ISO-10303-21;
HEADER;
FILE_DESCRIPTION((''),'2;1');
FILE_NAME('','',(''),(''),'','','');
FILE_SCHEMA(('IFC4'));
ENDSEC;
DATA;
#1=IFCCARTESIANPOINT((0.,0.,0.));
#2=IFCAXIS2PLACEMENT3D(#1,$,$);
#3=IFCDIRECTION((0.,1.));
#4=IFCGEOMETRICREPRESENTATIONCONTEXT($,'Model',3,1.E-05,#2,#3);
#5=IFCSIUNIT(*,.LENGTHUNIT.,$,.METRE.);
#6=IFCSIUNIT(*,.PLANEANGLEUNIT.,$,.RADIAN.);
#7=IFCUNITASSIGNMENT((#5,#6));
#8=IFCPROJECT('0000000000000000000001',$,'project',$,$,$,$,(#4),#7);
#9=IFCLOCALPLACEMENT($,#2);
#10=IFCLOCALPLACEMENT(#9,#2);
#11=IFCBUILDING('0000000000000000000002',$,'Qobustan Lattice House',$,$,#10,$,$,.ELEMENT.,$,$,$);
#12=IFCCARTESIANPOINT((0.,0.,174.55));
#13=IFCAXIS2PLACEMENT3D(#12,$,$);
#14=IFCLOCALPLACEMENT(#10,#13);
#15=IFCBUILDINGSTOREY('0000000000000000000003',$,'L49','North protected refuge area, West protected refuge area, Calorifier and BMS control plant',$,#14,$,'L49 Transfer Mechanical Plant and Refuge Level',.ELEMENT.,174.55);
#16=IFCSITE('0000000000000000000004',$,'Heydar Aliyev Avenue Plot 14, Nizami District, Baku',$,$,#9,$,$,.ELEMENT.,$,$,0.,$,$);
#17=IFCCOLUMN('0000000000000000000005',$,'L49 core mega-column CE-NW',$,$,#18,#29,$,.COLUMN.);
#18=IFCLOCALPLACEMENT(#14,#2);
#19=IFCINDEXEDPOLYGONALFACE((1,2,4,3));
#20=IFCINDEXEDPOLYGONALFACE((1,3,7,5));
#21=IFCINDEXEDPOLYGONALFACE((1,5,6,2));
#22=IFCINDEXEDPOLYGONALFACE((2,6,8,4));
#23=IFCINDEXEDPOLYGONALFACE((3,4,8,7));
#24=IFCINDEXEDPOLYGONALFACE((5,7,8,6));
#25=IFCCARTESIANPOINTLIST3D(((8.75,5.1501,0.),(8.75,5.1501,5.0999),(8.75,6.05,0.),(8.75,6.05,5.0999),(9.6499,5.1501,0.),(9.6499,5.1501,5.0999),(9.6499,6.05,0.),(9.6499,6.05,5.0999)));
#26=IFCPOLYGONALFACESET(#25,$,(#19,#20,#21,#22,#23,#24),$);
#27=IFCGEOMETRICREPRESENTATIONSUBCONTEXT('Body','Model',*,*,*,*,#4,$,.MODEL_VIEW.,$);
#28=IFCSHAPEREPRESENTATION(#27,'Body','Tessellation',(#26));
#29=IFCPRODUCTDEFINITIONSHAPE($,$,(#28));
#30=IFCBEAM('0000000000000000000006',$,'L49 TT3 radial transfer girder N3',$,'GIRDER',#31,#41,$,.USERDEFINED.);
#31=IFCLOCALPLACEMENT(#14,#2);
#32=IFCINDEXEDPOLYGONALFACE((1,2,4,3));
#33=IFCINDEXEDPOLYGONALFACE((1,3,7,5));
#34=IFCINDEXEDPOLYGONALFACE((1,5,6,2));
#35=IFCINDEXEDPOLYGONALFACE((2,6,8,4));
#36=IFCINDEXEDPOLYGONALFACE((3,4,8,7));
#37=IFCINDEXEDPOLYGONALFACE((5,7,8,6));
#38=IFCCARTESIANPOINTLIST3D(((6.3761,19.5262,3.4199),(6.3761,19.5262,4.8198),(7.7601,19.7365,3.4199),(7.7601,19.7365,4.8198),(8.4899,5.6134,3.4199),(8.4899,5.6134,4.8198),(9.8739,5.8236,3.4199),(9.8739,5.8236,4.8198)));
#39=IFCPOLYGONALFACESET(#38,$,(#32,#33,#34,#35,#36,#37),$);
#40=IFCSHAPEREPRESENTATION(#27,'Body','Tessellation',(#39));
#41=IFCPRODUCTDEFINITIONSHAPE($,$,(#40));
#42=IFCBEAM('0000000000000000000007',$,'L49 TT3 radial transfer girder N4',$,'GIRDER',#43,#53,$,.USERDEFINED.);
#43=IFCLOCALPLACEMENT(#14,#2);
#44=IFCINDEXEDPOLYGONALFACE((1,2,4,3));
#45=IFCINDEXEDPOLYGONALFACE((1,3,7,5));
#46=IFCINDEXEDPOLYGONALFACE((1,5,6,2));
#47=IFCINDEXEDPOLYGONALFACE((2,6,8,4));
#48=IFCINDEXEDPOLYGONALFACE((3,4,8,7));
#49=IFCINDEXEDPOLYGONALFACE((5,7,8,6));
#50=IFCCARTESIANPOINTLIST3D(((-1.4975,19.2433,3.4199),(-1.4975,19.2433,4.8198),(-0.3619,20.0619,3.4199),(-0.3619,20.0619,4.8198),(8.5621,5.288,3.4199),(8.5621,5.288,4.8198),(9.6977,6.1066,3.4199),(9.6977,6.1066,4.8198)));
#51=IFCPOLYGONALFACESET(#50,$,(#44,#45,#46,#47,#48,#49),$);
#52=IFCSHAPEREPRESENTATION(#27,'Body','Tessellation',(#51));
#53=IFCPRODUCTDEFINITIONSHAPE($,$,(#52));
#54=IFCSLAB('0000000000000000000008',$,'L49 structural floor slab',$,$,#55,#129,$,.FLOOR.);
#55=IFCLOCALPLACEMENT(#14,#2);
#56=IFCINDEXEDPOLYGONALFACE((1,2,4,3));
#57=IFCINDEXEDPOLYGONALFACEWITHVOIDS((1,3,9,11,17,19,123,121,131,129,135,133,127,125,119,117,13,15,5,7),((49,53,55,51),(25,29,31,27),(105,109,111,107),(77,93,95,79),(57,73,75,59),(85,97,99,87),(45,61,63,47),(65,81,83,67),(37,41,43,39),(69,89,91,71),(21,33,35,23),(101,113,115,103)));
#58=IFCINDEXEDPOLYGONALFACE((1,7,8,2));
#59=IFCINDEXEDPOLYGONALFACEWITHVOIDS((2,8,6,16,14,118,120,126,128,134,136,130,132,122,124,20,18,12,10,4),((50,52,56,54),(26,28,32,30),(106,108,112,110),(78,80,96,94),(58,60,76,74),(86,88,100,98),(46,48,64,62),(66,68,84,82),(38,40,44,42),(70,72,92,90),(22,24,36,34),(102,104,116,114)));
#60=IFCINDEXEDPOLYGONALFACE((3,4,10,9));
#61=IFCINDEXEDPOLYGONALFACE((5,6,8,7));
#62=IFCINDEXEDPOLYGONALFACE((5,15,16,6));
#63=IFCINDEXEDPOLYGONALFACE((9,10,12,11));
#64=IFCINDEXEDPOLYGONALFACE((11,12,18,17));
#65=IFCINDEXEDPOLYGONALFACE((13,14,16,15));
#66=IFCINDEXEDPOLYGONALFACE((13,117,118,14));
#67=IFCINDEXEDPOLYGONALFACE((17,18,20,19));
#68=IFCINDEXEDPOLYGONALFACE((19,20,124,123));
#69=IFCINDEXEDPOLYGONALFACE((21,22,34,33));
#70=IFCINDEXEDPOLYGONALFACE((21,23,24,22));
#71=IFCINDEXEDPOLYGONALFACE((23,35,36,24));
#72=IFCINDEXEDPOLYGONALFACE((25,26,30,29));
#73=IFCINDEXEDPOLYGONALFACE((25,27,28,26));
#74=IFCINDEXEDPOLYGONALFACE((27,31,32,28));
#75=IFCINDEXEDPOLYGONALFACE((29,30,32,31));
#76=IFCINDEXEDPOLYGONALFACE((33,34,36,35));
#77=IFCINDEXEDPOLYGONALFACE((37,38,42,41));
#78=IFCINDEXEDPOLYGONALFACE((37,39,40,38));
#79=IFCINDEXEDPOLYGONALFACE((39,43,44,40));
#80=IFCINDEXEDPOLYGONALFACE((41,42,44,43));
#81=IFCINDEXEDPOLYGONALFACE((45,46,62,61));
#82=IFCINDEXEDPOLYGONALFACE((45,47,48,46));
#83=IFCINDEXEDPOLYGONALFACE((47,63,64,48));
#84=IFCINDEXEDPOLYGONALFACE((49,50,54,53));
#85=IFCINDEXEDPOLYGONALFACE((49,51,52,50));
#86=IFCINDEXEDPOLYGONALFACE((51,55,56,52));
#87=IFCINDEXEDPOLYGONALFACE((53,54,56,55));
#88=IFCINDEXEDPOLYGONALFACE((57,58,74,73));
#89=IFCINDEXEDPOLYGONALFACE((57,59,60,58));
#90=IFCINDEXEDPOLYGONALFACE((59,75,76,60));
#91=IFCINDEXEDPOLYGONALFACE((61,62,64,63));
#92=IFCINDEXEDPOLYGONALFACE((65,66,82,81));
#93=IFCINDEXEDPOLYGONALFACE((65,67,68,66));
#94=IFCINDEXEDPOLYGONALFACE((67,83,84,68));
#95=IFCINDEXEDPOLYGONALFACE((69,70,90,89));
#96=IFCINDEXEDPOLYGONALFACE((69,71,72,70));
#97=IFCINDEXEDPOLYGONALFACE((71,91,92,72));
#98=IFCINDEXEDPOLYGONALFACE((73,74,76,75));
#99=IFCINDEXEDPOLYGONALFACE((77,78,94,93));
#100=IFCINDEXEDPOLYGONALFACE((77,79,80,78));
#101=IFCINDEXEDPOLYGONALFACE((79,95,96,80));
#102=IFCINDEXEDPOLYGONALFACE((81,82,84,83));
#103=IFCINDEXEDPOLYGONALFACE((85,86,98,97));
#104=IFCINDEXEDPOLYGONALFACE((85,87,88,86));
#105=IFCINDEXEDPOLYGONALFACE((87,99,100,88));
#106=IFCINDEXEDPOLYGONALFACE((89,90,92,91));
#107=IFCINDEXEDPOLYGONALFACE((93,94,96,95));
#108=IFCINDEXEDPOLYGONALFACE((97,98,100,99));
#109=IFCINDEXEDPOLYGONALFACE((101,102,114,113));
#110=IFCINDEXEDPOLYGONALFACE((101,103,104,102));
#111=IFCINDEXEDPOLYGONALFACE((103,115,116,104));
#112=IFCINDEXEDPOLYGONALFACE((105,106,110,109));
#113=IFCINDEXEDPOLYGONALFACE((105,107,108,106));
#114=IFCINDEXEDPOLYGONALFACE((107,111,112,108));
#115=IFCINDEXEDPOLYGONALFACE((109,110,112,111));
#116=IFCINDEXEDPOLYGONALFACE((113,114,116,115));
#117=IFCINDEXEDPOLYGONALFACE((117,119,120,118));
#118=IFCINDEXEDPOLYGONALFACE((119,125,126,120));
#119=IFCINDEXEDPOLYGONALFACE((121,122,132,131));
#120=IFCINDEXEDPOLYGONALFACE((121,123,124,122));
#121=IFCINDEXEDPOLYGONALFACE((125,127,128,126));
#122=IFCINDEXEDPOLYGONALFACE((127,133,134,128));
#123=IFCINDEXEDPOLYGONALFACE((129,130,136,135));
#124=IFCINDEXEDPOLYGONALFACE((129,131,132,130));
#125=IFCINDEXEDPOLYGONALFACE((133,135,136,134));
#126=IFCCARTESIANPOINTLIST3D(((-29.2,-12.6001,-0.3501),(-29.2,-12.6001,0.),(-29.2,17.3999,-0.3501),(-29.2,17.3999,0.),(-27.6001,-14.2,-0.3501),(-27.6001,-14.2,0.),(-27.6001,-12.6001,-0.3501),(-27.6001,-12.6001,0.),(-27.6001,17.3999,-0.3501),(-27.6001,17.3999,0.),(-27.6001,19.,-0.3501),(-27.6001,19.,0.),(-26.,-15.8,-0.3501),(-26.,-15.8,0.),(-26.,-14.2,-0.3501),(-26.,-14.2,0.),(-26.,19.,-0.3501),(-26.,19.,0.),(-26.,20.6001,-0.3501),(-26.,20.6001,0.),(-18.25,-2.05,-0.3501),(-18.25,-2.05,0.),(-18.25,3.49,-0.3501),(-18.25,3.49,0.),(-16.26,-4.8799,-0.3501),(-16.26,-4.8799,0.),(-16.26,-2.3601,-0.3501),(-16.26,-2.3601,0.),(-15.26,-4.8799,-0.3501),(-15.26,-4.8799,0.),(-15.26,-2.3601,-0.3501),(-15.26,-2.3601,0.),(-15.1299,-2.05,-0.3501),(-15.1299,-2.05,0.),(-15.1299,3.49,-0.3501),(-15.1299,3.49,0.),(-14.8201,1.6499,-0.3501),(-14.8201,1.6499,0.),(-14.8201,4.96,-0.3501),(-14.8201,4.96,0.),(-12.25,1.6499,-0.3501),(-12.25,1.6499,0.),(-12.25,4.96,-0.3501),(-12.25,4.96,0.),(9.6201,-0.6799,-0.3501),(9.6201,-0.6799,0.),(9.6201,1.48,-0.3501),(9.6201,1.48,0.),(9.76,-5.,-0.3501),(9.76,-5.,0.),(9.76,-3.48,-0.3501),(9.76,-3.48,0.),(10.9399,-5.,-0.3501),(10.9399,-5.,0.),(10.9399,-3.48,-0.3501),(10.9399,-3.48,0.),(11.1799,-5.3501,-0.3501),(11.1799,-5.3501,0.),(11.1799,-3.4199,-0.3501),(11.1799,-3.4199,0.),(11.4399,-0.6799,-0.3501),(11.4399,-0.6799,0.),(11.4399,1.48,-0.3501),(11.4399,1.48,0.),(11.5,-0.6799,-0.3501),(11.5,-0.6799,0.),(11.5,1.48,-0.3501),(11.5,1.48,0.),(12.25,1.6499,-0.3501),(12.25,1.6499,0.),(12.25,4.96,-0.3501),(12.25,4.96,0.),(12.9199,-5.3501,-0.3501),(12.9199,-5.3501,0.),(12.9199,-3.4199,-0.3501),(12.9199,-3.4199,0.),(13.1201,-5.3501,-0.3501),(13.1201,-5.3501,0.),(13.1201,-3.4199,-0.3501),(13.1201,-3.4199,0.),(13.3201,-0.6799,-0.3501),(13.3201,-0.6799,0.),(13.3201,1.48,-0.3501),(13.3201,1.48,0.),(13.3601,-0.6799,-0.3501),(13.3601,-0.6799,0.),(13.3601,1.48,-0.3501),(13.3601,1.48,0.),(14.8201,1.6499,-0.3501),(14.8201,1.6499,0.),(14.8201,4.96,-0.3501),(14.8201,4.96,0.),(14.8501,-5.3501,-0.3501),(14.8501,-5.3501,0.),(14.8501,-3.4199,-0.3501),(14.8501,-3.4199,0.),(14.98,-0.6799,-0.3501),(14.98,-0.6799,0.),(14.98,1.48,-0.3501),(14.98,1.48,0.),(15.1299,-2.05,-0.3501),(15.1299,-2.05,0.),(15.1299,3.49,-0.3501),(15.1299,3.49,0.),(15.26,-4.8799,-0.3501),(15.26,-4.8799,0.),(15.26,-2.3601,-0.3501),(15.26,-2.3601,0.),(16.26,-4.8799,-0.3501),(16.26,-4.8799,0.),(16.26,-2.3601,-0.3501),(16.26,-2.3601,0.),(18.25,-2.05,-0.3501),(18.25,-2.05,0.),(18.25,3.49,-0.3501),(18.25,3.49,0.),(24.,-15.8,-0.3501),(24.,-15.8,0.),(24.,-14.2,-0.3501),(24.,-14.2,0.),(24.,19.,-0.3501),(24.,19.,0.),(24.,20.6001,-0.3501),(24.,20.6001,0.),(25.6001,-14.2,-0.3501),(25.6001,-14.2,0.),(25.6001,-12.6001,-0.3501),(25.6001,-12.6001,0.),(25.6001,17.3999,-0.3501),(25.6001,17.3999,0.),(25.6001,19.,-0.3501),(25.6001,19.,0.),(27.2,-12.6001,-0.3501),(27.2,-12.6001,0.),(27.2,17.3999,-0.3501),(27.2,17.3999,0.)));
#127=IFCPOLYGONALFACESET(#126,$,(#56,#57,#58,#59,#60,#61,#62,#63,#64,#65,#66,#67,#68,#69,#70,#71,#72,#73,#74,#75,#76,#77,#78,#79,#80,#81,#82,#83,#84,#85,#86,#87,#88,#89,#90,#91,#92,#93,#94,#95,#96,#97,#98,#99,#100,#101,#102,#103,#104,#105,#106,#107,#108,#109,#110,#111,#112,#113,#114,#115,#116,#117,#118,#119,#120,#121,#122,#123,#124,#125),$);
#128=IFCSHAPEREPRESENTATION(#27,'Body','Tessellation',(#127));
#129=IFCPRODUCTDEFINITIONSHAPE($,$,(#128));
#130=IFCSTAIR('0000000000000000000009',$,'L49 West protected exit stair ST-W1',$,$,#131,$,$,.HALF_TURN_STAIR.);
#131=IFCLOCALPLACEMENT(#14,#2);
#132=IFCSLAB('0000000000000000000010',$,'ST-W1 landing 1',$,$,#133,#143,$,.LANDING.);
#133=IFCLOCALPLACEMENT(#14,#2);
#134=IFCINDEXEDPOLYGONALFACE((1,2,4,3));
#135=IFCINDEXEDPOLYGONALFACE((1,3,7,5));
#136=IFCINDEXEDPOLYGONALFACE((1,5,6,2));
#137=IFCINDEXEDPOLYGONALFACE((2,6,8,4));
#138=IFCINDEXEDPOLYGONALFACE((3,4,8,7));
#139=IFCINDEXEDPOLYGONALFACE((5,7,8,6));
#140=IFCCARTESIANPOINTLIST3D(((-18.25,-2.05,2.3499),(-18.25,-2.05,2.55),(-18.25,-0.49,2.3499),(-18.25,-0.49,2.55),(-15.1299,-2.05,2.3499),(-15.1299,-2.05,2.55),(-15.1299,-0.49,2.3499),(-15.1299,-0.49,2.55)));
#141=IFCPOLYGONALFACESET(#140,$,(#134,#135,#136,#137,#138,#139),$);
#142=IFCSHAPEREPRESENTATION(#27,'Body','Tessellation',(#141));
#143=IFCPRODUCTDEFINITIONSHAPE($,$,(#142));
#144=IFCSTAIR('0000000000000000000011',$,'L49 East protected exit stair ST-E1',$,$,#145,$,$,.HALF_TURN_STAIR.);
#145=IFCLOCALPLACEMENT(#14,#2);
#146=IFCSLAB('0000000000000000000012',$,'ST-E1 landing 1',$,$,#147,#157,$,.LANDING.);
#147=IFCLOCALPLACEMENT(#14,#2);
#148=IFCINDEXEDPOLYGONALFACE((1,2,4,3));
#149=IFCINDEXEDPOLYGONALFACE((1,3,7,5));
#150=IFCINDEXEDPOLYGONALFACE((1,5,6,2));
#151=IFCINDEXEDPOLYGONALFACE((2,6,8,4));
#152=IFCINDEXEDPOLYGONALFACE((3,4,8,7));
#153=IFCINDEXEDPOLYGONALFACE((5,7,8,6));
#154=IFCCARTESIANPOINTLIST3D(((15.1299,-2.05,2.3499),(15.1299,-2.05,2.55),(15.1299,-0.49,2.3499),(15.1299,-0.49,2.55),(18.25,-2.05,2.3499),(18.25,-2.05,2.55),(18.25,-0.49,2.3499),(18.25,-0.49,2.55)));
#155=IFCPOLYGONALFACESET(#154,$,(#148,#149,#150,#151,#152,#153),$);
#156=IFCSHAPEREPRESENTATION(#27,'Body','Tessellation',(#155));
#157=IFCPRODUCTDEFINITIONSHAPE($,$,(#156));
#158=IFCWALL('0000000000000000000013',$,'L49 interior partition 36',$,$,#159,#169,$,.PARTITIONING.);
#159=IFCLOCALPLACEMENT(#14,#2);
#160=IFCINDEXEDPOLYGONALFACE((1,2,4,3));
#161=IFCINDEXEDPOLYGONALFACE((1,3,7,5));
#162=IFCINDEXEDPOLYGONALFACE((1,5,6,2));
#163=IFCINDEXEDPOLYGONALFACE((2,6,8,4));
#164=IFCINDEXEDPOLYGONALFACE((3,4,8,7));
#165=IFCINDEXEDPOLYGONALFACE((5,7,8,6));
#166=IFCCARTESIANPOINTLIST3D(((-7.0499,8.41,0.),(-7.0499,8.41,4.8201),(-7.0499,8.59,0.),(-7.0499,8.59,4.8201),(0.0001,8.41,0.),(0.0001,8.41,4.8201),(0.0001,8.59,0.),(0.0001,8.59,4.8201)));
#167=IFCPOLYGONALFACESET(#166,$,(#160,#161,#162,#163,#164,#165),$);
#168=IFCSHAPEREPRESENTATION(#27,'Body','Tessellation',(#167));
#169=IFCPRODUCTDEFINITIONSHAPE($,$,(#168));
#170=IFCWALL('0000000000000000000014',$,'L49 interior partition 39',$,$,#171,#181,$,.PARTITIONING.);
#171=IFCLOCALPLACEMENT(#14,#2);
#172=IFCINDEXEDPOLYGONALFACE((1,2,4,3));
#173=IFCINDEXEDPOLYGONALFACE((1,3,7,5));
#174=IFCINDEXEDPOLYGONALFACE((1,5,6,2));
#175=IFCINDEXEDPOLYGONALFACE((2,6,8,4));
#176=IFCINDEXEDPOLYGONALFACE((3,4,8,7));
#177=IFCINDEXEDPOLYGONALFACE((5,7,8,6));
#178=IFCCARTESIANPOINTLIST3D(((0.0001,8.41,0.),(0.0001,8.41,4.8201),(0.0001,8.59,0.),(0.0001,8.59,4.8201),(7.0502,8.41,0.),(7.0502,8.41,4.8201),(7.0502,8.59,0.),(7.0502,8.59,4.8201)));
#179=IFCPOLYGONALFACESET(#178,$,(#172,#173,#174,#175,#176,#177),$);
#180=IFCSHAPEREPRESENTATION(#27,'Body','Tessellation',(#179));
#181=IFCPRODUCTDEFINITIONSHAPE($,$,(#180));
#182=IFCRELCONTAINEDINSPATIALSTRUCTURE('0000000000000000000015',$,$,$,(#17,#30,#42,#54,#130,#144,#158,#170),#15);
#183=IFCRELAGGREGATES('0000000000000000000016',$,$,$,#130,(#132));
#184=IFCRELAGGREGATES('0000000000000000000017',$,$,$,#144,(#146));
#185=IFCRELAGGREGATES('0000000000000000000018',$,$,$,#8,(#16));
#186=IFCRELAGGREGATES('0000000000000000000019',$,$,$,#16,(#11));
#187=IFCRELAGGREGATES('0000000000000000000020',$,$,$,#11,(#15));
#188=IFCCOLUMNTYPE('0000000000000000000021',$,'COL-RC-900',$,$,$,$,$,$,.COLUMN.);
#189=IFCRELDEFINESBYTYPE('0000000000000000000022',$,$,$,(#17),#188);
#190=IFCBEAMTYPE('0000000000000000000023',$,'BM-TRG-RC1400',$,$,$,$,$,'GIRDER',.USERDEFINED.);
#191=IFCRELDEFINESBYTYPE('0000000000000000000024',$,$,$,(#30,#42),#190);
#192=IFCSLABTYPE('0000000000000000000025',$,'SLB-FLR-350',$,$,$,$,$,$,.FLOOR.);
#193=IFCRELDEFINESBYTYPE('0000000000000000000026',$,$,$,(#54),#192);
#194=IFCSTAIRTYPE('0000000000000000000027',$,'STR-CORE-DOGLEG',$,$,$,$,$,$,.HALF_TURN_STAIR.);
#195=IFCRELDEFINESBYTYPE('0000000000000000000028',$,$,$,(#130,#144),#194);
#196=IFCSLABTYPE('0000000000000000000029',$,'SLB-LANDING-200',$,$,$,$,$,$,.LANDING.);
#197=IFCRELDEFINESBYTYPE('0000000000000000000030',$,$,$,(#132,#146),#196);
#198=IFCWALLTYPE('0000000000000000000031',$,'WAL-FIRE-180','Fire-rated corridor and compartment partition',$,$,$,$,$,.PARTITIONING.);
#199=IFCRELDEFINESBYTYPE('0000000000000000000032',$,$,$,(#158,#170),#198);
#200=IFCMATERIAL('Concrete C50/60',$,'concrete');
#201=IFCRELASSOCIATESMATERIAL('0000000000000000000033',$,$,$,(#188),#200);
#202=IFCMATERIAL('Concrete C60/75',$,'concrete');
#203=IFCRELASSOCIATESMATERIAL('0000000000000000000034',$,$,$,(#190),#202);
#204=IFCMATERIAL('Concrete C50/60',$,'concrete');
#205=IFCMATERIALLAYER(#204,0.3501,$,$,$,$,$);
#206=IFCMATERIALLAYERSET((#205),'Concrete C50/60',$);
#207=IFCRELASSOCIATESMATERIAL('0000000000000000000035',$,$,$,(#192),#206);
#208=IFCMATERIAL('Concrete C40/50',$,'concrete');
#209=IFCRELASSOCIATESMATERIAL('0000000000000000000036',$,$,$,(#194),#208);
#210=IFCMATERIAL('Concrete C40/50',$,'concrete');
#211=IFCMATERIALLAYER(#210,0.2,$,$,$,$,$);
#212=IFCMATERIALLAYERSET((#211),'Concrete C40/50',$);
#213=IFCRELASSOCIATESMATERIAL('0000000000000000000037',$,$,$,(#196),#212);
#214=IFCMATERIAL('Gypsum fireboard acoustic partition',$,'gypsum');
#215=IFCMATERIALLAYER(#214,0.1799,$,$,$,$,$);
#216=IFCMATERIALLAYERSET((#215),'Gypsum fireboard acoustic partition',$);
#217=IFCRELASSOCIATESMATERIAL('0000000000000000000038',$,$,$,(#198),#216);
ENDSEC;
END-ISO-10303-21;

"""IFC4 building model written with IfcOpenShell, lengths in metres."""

from ifc_helpers import new_model, si_unit, direction, frame, frame_2d, origin, origin_2d, place, context, subcontext, project, spatial, polyline, rectangle, outline, extrude, material, layer, layer_set, material_profile, profile_set, type_object, element, aggregate, save


model = new_model("IFC4")

# Units and contexts
model_context = context("Model", 3, precision=1e-05, world=origin(), true_north=direction((0.0, 1.0)))
body_context = subcontext(model_context, "Body", "Model", "MODEL_VIEW")
ifc_project = project(units=[si_unit("LENGTHUNIT", "METRE"), si_unit("PLANEANGLEUNIT", "RADIAN")], contexts=[model_context])

# Site, building, storey
site_placement = place(None, origin())
site = spatial("IfcSite", under=ifc_project, at=site_placement, Name="Heydar Aliyev Avenue Plot 14, Nizami District, Baku", CompositionType="ELEMENT", RefElevation=0.0)
building_placement = place(site_placement, origin())
building = spatial("IfcBuilding", under=site, at=building_placement, Name="Qobustan Lattice House", CompositionType="ELEMENT")
storey_placement = place(building_placement, frame((0.0, 0.0, 174.55)))
storey = spatial("IfcBuildingStorey", under=building, at=storey_placement, Name="L49", Description="North protected refuge area, West protected refuge area, Calorifier and BMS control plant", LongName="L49 Transfer Mechanical Plant and Refuge Level", CompositionType="ELEMENT", Elevation=174.55)

# Column
ifc_material_1 = material(Name="Concrete C50/60", Category="concrete")
ifc_material_profile_1 = material_profile(ifc_material_1, rectangle(XDim=0.8999, YDim=0.8999, at=origin_2d()), Name="RC900x900")
ifc_profile_set_1 = profile_set([ifc_material_profile_1], Name="Concrete C50/60")
column_type = type_object("IfcColumnType", Name="COL-RC-900", PredefinedType="COLUMN", material=ifc_profile_set_1)
column_placement = place(storey_placement, frame((9.2, 5.6001, 0.0), z_axis=(0.0, 0.0, 1.0), x_axis=(1.0, 0.0, 0.0)))
element("IfcColumn", 1, at=column_placement, inside=storey, type_object=column_type, Name="L49 core mega-column CE-NW", PredefinedType="COLUMN", context=body_context, shape_type="SweptSolid", body=[
    extrude(rectangle(XDim=0.8999, YDim=0.8999, at=origin_2d()), origin(), (0.0, 0.0, 1.0), 5.0999),
])

# Beams
ifc_material_2 = material(Name="Concrete C60/75", Category="concrete")
ifc_material_profile_2 = material_profile(ifc_material_2, rectangle(XDim=1.3999, YDim=1.3999, at=origin_2d()), Name="RC1400x1400")
ifc_profile_set_2 = profile_set([ifc_material_profile_2], Name="Concrete C60/75")
beam_type = type_object("IfcBeamType", Name="BM-TRG-RC1400", ElementType="GIRDER", PredefinedType="USERDEFINED", material=ifc_profile_set_2)
beam_1_placement = place(storey_placement, frame((9.1819, 5.7185, 4.1199), z_axis=(-0.150206, 0.988655, 0.0), x_axis=(-0.988655, -0.150206, 0.0)))
element("IfcBeam", 2, at=beam_1_placement, inside=storey, type_object=beam_type, Name="L49 TT3 radial transfer girder N3", ObjectType="GIRDER", PredefinedType="USERDEFINED", context=body_context, shape_type="SweptSolid", body=[
    extrude(rectangle(XDim=1.3999, YDim=1.3999, at=origin_2d()), origin(), (0.0, 0.0, 1.0), 14.0725),
])
beam_2_placement = place(storey_placement, frame((9.1299, 5.6973, 4.1199), z_axis=(-0.584754, 0.811211, 0.0), x_axis=(-0.811211, -0.584754, 0.0)))
element("IfcBeam", 3, at=beam_2_placement, inside=storey, type_object=beam_type, Name="L49 TT3 radial transfer girder N4", ObjectType="GIRDER", PredefinedType="USERDEFINED", context=body_context, shape_type="SweptSolid", body=[
    extrude(rectangle(XDim=1.3999, YDim=1.3999, at=origin_2d()), origin(), (0.0, 0.0, 1.0), 17.2031),
])

# Slab
ifc_material_3 = material(Name="Concrete C50/60", Category="concrete")
ifc_layer_1 = layer(ifc_material_3, 0.3501)
ifc_layer_set_1 = layer_set([ifc_layer_1], Name="Concrete C50/60")
slab_type_1 = type_object("IfcSlabType", Name="SLB-FLR-350", PredefinedType="FLOOR", material=ifc_layer_set_1)
slab_1_placement = place(storey_placement, frame((0.0, 0.0, -0.3501)))
element("IfcSlab", 4, at=slab_1_placement, inside=storey, type_object=slab_type_1, Name="L49 structural floor slab", PredefinedType="FLOOR", context=body_context, shape_type="SweptSolid", body=[
    extrude(outline(polyline([(-26.0, -15.8), (24.0, -15.8), (24.0, -14.2), (25.6001, -14.2), (25.6001, -12.6001), (27.2, -12.6001), (27.2, 17.3999), (25.6001, 17.3999), (25.6001, 19.0), (24.0, 19.0), (24.0, 20.6001), (-26.0, 20.6001), (-26.0, 19.0), (-27.6001, 19.0), (-27.6001, 17.3999), (-29.2, 17.3999), (-29.2, -12.6001), (-27.6001, -12.6001), (-27.6001, -14.2), (-26.0, -14.2), (-26.0, -15.8)]), holes=[polyline([(-18.25, -2.05), (-18.25, 3.49), (-15.1299, 3.49), (-15.1299, -2.05), (-18.25, -2.05)]), polyline([(15.1299, -2.05), (15.1299, 3.49), (18.25, 3.49), (18.25, -2.05), (15.1299, -2.05)]), polyline([(-14.8201, 1.6499), (-14.8201, 4.96), (-12.25, 4.96), (-12.25, 1.6499), (-14.8201, 1.6499)]), polyline([(12.25, 1.6499), (12.25, 4.96), (14.8201, 4.96), (14.8201, 1.6499), (12.25, 1.6499)]), polyline([(-16.26, -4.8799), (-16.26, -2.3601), (-15.26, -2.3601), (-15.26, -4.8799), (-16.26, -4.8799)]), polyline([(15.26, -4.8799), (15.26, -2.3601), (16.26, -2.3601), (16.26, -4.8799), (15.26, -4.8799)]), polyline([(11.1799, -5.3501), (11.1799, -3.4199), (12.9199, -3.4199), (12.9199, -5.3501), (11.1799, -5.3501)]), polyline([(13.1201, -5.3501), (13.1201, -3.4199), (14.8501, -3.4199), (14.8501, -5.3501), (13.1201, -5.3501)]), polyline([(9.76, -5.0), (9.76, -3.48), (10.9399, -3.48), (10.9399, -5.0), (9.76, -5.0)]), polyline([(13.3601, -0.6799), (13.3601, 1.48), (14.98, 1.48), (14.98, -0.6799), (13.3601, -0.6799)]), polyline([(9.6201, -0.6799), (9.6201, 1.48), (11.4399, 1.48), (11.4399, -0.6799), (9.6201, -0.6799)]), polyline([(11.5, -0.6799), (11.5, 1.48), (13.3201, 1.48), (13.3201, -0.6799), (11.5, -0.6799)])]), origin(), (0.0, 0.0, 1.0), 0.3501),
])

# Stairs, slabs
ifc_material_4 = material(Name="Concrete C40/50", Category="concrete")
stair_type = type_object("IfcStairType", Name="STR-CORE-DOGLEG", PredefinedType="HALF_TURN_STAIR", material=ifc_material_4)
stair_1_placement = place(storey_placement, origin())
stair_1 = element("IfcStair", 5, at=stair_1_placement, inside=storey, type_object=stair_type, Name="L49 West protected exit stair ST-W1", PredefinedType="HALF_TURN_STAIR")
ifc_material_5 = material(Name="Concrete C40/50", Category="concrete")
ifc_layer_2 = layer(ifc_material_5, 0.2)
ifc_layer_set_2 = layer_set([ifc_layer_2], Name="Concrete C40/50")
slab_type_2 = type_object("IfcSlabType", Name="SLB-LANDING-200", PredefinedType="LANDING", material=ifc_layer_set_2)
slab_2_placement = place(storey_placement, frame((0.0, 0.0, 2.3499)))
slab_2 = element("IfcSlab", 6, at=slab_2_placement, type_object=slab_type_2, Name="ST-W1 landing 1", PredefinedType="LANDING", context=body_context, shape_type="SweptSolid", body=[
    extrude(outline(polyline([(-18.25, -0.49), (-18.25, -2.05), (-15.1299, -2.05), (-15.1299, -0.49), (-18.25, -0.49)])), origin(), (0.0, 0.0, 1.0), 0.2002),
])
aggregate(stair_1, [slab_2])
stair_2_placement = place(storey_placement, origin())
stair_2 = element("IfcStair", 7, at=stair_2_placement, inside=storey, type_object=stair_type, Name="L49 East protected exit stair ST-E1", PredefinedType="HALF_TURN_STAIR")
slab_3_placement = place(storey_placement, frame((0.0, 0.0, 2.3499)))
slab_3 = element("IfcSlab", 8, at=slab_3_placement, type_object=slab_type_2, Name="ST-E1 landing 1", PredefinedType="LANDING", context=body_context, shape_type="SweptSolid", body=[
    extrude(outline(polyline([(15.1299, -0.49), (15.1299, -2.05), (18.25, -2.05), (18.25, -0.49), (15.1299, -0.49)])), origin(), (0.0, 0.0, 1.0), 0.2002),
])
aggregate(stair_2, [slab_3])

# Walls
ifc_material_6 = material(Name="Gypsum fireboard acoustic partition", Category="gypsum")
ifc_layer_3 = layer(ifc_material_6, 0.1799)
ifc_layer_set_3 = layer_set([ifc_layer_3], Name="Gypsum fireboard acoustic partition")
wall_type_1 = type_object("IfcWallType", Name="WAL-FIRE-180", Description="Fire-rated corridor and compartment partition", PredefinedType="PARTITIONING", material=ifc_layer_set_3)
for number, where, z_axis, x_axis, name in (
    (9, (0.0, 8.5, 0.0), (0.0, 0.0, 1.0), (-1.0, 0.0, 0.0), "L49 interior partition 36"),
    (10, (7.05, 8.5, 0.0), (0.0, 0.0, 1.0), (-1.0, 0.0, 0.0), "L49 interior partition 39"),
):
    element("IfcWall", number, at=place(storey_placement, frame(where, z_axis=z_axis, x_axis=x_axis)), inside=storey, type_object=wall_type_1, Name=name, PredefinedType="PARTITIONING", context=body_context, shape_type="SweptSolid", body=[
        extrude(rectangle(XDim=7.05, YDim=0.1799, at=frame_2d((3.5249, 0.0))), origin(), (0.0, 0.0, 1.0), 4.8201),
    ])

save(model, "model.ifc")
